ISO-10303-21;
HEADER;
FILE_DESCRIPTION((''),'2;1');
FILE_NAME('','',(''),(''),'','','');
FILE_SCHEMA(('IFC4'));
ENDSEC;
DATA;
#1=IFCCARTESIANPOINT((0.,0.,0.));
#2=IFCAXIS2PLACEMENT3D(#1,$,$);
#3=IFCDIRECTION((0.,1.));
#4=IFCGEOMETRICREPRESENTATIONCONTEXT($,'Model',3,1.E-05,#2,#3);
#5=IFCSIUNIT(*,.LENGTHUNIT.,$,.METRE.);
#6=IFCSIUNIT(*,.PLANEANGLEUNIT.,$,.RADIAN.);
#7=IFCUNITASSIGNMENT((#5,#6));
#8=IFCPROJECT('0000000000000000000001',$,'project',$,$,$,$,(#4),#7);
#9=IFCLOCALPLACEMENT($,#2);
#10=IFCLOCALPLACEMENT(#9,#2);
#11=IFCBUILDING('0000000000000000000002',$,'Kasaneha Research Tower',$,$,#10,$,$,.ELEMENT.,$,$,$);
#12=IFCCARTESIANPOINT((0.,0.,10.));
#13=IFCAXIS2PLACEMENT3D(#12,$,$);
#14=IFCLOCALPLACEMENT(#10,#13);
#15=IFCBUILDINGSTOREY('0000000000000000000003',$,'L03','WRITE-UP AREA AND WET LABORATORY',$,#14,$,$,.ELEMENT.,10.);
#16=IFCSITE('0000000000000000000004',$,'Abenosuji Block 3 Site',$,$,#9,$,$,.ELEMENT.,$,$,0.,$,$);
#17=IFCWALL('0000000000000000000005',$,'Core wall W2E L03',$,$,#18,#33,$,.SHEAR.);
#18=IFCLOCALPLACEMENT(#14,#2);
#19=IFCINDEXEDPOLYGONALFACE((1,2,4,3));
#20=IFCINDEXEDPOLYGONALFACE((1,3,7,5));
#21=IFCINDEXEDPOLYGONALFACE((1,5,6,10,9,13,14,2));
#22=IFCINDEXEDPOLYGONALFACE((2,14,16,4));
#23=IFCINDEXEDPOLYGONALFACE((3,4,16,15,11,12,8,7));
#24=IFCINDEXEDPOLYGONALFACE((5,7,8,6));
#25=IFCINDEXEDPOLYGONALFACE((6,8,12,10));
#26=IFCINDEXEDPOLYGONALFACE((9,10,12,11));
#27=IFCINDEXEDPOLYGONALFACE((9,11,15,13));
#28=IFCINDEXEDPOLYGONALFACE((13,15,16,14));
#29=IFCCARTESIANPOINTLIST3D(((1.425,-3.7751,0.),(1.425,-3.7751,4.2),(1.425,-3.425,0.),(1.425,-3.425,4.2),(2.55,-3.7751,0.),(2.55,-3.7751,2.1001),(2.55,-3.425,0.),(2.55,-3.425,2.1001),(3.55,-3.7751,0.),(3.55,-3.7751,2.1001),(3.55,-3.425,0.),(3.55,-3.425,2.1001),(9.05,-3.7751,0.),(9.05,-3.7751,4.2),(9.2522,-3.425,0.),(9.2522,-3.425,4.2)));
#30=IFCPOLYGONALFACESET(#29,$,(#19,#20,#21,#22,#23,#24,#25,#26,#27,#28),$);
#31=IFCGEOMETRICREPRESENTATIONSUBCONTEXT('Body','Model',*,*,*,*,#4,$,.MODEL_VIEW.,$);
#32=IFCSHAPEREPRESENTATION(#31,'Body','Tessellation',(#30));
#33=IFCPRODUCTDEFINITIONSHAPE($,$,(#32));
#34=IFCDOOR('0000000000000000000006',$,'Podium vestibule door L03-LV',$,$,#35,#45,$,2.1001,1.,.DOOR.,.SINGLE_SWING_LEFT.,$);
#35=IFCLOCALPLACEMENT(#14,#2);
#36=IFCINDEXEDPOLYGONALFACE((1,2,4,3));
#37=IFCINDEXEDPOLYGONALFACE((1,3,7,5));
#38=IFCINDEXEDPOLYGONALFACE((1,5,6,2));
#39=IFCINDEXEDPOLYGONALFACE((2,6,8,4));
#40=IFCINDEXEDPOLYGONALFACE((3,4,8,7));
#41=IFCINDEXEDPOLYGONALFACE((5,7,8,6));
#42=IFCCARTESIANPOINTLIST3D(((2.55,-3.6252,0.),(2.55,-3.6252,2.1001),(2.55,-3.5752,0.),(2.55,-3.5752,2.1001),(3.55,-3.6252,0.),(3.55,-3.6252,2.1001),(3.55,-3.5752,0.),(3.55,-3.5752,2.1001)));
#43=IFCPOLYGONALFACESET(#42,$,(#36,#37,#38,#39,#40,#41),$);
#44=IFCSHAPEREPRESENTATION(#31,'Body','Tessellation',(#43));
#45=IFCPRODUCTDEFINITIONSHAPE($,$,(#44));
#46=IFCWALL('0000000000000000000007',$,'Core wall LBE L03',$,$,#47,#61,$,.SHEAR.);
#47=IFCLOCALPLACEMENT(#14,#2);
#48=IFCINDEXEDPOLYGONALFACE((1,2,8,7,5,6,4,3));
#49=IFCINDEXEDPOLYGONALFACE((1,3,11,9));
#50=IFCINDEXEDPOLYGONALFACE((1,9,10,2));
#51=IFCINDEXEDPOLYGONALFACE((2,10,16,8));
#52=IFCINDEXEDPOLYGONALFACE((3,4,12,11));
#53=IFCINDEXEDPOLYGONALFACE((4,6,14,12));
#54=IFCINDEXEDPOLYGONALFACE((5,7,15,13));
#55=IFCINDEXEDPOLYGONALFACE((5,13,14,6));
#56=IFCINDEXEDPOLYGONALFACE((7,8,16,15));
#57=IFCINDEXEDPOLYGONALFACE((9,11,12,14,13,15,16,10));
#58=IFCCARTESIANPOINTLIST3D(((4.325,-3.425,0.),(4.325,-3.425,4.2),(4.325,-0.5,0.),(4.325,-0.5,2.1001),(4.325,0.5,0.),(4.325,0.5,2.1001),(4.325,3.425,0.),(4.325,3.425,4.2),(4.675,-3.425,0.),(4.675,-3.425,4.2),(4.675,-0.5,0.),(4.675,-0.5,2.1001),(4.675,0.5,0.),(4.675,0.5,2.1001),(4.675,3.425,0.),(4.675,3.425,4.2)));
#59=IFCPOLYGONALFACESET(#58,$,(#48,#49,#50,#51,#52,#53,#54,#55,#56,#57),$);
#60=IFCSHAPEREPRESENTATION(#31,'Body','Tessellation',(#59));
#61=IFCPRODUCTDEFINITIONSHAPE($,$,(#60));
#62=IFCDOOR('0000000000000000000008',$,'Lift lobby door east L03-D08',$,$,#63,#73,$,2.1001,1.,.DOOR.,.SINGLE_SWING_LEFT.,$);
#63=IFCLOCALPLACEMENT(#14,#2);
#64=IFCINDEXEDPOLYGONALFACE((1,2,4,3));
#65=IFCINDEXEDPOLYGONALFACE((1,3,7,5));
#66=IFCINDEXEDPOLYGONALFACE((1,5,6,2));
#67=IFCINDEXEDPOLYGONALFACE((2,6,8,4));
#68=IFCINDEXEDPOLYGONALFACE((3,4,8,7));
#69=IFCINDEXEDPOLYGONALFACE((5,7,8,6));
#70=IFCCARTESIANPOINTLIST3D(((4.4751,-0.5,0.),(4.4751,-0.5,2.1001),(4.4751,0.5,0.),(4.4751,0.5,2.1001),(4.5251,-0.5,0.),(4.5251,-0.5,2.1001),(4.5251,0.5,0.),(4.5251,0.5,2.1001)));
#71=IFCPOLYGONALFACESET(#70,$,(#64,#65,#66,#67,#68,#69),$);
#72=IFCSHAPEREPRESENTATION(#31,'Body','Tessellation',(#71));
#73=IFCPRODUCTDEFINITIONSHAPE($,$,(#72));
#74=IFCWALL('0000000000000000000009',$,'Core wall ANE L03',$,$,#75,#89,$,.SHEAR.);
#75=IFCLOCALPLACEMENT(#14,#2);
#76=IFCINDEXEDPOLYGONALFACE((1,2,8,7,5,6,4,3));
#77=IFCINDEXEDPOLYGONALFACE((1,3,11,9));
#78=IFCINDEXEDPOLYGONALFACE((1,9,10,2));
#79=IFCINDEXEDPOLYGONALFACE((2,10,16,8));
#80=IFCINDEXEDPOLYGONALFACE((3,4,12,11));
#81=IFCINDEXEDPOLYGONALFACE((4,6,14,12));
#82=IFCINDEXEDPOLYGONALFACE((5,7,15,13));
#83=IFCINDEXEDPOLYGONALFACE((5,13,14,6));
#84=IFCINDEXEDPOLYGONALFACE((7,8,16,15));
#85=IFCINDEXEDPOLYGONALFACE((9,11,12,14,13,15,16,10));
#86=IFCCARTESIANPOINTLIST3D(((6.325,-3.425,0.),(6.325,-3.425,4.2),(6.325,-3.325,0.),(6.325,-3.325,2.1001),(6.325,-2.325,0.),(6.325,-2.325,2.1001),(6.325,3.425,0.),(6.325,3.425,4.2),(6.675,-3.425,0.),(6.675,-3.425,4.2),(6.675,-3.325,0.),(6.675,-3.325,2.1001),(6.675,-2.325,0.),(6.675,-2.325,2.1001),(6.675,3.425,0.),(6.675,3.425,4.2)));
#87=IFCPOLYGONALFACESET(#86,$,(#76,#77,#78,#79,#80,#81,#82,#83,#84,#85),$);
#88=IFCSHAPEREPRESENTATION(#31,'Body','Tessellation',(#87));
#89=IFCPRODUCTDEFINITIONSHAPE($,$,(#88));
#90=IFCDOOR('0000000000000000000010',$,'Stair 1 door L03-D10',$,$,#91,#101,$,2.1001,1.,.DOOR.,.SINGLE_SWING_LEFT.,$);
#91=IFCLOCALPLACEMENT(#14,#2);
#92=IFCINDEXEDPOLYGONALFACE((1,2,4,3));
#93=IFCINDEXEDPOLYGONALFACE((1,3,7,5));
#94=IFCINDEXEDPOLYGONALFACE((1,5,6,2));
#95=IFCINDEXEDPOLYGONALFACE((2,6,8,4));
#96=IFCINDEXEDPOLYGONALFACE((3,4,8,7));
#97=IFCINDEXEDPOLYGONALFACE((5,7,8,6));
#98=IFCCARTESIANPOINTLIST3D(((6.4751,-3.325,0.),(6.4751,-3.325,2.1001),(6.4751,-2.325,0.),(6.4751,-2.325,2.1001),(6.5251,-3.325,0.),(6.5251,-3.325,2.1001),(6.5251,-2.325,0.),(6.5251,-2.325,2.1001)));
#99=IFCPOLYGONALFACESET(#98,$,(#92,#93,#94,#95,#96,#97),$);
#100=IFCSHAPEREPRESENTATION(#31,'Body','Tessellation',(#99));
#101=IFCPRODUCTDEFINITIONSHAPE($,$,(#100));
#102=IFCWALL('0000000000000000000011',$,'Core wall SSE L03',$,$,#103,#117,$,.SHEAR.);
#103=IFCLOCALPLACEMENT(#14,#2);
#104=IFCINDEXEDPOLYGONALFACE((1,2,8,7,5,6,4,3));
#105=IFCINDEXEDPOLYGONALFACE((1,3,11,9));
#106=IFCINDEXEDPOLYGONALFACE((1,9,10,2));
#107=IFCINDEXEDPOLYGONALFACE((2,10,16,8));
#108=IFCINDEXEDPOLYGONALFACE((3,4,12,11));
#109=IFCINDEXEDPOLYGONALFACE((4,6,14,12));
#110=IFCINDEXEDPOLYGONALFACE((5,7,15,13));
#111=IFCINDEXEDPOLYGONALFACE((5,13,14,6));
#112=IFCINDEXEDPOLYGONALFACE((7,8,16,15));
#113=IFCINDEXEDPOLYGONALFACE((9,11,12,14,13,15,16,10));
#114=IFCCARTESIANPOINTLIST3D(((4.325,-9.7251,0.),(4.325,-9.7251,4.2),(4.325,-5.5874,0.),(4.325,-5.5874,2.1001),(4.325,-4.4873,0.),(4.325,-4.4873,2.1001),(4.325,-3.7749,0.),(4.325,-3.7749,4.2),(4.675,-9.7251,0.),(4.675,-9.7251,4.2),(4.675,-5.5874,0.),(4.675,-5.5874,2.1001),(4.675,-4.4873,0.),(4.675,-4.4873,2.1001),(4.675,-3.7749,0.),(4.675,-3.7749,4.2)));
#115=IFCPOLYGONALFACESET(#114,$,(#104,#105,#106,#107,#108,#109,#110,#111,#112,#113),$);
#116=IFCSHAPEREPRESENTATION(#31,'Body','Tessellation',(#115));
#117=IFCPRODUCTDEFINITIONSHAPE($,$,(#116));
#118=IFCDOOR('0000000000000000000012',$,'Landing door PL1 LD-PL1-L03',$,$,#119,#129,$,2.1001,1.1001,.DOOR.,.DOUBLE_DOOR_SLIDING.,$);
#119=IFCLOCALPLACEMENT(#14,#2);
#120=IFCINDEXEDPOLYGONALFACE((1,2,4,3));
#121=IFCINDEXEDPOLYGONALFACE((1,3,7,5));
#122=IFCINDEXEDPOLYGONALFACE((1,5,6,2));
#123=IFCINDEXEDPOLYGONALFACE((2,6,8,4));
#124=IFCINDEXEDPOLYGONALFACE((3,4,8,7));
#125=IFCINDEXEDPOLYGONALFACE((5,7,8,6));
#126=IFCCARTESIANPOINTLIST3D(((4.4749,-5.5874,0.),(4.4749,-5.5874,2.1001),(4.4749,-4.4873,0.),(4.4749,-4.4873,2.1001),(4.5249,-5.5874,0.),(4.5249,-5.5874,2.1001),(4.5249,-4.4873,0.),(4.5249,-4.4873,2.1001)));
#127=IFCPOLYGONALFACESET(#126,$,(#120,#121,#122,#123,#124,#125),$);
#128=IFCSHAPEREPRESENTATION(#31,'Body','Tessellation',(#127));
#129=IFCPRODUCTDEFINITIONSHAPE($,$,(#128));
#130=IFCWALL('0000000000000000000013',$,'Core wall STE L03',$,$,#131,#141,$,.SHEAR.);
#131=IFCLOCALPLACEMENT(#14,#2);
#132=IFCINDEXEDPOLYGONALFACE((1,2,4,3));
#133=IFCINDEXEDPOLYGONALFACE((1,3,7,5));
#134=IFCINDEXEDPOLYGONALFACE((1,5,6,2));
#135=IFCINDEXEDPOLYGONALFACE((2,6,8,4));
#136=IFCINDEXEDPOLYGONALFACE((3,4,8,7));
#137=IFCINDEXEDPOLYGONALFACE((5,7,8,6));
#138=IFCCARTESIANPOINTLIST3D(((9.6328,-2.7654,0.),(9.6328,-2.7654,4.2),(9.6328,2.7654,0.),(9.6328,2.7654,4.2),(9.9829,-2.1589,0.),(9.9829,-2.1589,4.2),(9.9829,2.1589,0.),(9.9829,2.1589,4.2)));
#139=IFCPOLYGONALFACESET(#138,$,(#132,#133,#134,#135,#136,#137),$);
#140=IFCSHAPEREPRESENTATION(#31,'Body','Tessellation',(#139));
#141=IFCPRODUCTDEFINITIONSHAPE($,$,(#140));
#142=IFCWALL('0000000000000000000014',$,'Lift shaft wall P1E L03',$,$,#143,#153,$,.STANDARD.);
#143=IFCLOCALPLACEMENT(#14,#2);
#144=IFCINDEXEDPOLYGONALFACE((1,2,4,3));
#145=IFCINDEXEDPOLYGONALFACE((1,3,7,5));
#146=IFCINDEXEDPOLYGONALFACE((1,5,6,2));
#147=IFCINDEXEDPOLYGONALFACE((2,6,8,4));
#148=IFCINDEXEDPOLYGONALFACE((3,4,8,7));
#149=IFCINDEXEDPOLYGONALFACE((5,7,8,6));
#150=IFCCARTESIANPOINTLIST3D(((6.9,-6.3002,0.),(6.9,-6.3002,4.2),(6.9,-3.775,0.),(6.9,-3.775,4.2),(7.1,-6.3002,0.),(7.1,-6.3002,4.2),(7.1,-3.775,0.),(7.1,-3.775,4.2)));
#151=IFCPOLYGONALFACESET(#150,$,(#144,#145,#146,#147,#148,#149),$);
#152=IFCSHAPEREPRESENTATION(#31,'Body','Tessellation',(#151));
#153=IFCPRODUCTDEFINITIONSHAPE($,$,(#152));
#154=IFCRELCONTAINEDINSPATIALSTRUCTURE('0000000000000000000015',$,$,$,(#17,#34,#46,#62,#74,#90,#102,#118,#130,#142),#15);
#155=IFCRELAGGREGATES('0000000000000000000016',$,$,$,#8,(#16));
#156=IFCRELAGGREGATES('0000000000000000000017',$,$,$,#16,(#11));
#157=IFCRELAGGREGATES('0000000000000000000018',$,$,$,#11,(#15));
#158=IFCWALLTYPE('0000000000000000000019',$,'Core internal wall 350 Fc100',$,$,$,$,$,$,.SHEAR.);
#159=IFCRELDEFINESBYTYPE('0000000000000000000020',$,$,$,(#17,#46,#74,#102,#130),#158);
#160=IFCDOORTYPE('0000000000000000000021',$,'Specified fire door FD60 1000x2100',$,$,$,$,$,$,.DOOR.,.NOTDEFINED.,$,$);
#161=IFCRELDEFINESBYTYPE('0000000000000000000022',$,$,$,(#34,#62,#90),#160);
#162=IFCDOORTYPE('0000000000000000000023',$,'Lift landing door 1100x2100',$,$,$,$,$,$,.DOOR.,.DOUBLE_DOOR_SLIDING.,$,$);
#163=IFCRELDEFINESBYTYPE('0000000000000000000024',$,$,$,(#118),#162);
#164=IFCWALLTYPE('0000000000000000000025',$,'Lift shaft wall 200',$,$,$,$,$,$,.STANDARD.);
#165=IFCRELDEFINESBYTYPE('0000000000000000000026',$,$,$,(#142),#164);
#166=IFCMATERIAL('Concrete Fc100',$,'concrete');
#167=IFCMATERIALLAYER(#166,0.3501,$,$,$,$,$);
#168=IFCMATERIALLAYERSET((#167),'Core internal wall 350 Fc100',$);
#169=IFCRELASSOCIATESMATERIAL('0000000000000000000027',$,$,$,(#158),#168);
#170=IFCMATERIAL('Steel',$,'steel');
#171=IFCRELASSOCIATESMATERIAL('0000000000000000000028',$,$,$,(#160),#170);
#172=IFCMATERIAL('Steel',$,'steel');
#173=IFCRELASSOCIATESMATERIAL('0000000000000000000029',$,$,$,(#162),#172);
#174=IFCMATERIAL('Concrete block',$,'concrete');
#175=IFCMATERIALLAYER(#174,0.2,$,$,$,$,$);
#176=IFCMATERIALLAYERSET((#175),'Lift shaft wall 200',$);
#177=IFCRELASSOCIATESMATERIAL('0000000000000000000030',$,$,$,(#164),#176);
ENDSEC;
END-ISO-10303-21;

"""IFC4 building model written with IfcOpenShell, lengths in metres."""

from ifc_helpers import new_model, si_unit, direction, frame, frame_2d, origin, place, context, subcontext, project, spatial, polyline, rectangle, outline, extrude, material, layer, layer_set, type_object, element, fill, save


model = new_model("IFC4")

# Units and contexts
model_context = context("Model", 3, precision=1e-05, world=origin(), true_north=direction((0.0, 1.0)))
body_context = subcontext(model_context, "Body", "Model", "MODEL_VIEW")
ifc_project = project(units=[si_unit("LENGTHUNIT", "METRE"), si_unit("PLANEANGLEUNIT", "RADIAN")], contexts=[model_context])

# Site, building, storey
site_placement = place(None, origin())
site = spatial("IfcSite", under=ifc_project, at=site_placement, Name="Abenosuji Block 3 Site", CompositionType="ELEMENT", RefElevation=0.0)
building_placement = place(site_placement, origin())
building = spatial("IfcBuilding", under=site, at=building_placement, Name="Kasaneha Research Tower", CompositionType="ELEMENT")
storey_placement = place(building_placement, frame((0.0, 0.0, 10.0)))
storey = spatial("IfcBuildingStorey", under=building, at=storey_placement, Name="L03", Description="WRITE-UP AREA AND WET LABORATORY", CompositionType="ELEMENT", Elevation=10.0)

# Walls, openings, doors
ifc_material_1 = material(Name="Concrete Fc100", Category="concrete")
ifc_layer_1 = layer(ifc_material_1, 0.3501)
ifc_layer_set_1 = layer_set([ifc_layer_1], Name="Core internal wall 350 Fc100")
wall_type_1 = type_object("IfcWallType", Name="Core internal wall 350 Fc100", PredefinedType="SHEAR", material=ifc_layer_set_1)
wall_1_placement = place(storey_placement, frame((1.425, -3.6001, 0.0), z_axis=(0.0, 0.0, 1.0), x_axis=(1.0, 0.0, 0.0)))
wall_1 = element("IfcWall", 1, at=wall_1_placement, inside=storey, type_object=wall_type_1, Name="Core wall W2E L03", PredefinedType="SHEAR", context=body_context, shape_type="SweptSolid", body=[
    extrude(outline(polyline([(0.0, -0.175), (1.125, -0.175), (2.125, -0.175), (7.625, -0.175), (7.8271, 0.175), (2.125, 0.175), (1.125, 0.175), (0.0, 0.175), (0.0, -0.175)])), origin(), (0.0, 0.0, 1.0), 4.2),
])
opening_1_placement = place(wall_1_placement, frame((1.125, 0.0, 0.0)))
opening_1 = element("IfcOpeningElement", 2, at=opening_1_placement, cuts=wall_1, PredefinedType="OPENING", context=body_context, shape_type="SweptSolid", body=[
    extrude(rectangle(XDim=1.0, YDim=2.1001, at=frame_2d((0.5, 1.05))), frame((0.0, 0.1851, 0.0), z_axis=(0.0, -1.0, 0.0), x_axis=(1.0, 0.0, 0.0)), (0.0, 0.0, 1.0), 0.3701),
])
ifc_material_2 = material(Name="Steel", Category="steel")
door_type_1 = type_object("IfcDoorType", Name="Specified fire door FD60 1000x2100", OperationType="NOTDEFINED", PredefinedType="DOOR", material=ifc_material_2)
door_1_placement = place(opening_1_placement, origin())
door_1 = element("IfcDoor", 3, at=door_1_placement, inside=storey, type_object=door_type_1, Name="Podium vestibule door L03-LV", OperationType="SINGLE_SWING_LEFT", OverallHeight=2.1001, OverallWidth=1.0, PredefinedType="DOOR", context=body_context, shape_type="SweptSolid", body=[
    extrude(rectangle(XDim=1.0, YDim=2.1001, at=frame_2d((0.5, 1.05))), frame((0.0, 0.0249, 0.0), z_axis=(0.0, -1.0, 0.0), x_axis=(1.0, 0.0, 0.0)), (0.0, 0.0, 1.0), 0.05),
])
fill(opening_1, door_1)
wall_2_placement = place(storey_placement, frame((4.5, -3.425, 0.0), z_axis=(0.0, 0.0, 1.0), x_axis=(0.0, 1.0, 0.0)))
wall_2 = element("IfcWall", 4, at=wall_2_placement, inside=storey, type_object=wall_type_1, Name="Core wall LBE L03", PredefinedType="SHEAR", context=body_context, shape_type="SweptSolid", body=[
    extrude(rectangle(XDim=6.8501, YDim=0.3501, at=frame_2d((3.425, 0.0))), origin(), (0.0, 0.0, 1.0), 4.2),
])
opening_2_placement = place(wall_2_placement, frame((2.925, 0.0, 0.0)))
opening_2 = element("IfcOpeningElement", 5, at=opening_2_placement, cuts=wall_2, PredefinedType="OPENING", context=body_context, shape_type="SweptSolid", body=[
    extrude(rectangle(XDim=1.0, YDim=2.1001, at=frame_2d((0.5, 1.05))), frame((0.0, 0.1851, 0.0), z_axis=(0.0, -1.0, 0.0), x_axis=(1.0, 0.0, 0.0)), (0.0, 0.0, 1.0), 0.3701),
])
door_2_placement = place(opening_2_placement, origin())
door_2 = element("IfcDoor", 6, at=door_2_placement, inside=storey, type_object=door_type_1, Name="Lift lobby door east L03-D08", OperationType="SINGLE_SWING_LEFT", OverallHeight=2.1001, OverallWidth=1.0, PredefinedType="DOOR", context=body_context, shape_type="SweptSolid", body=[
    extrude(rectangle(XDim=1.0, YDim=2.1001, at=frame_2d((0.5, 1.05))), frame((0.0, 0.0249, 0.0), z_axis=(0.0, -1.0, 0.0), x_axis=(1.0, 0.0, 0.0)), (0.0, 0.0, 1.0), 0.05),
])
fill(opening_2, door_2)
wall_3_placement = place(storey_placement, frame((6.5, -3.425, 0.0), z_axis=(0.0, 0.0, 1.0), x_axis=(0.0, 1.0, 0.0)))
wall_3 = element("IfcWall", 7, at=wall_3_placement, inside=storey, type_object=wall_type_1, Name="Core wall ANE L03", PredefinedType="SHEAR", context=body_context, shape_type="SweptSolid", body=[
    extrude(rectangle(XDim=6.8501, YDim=0.3501, at=frame_2d((3.425, 0.0))), origin(), (0.0, 0.0, 1.0), 4.2),
])
opening_3_placement = place(wall_3_placement, frame((0.1001, 0.0, 0.0)))
opening_3 = element("IfcOpeningElement", 8, at=opening_3_placement, cuts=wall_3, PredefinedType="OPENING", context=body_context, shape_type="SweptSolid", body=[
    extrude(rectangle(XDim=1.0, YDim=2.1001, at=frame_2d((0.5, 1.05))), frame((0.0, 0.1851, 0.0), z_axis=(0.0, -1.0, 0.0), x_axis=(1.0, 0.0, 0.0)), (0.0, 0.0, 1.0), 0.3701),
])
door_3_placement = place(opening_3_placement, origin())
door_3 = element("IfcDoor", 9, at=door_3_placement, inside=storey, type_object=door_type_1, Name="Stair 1 door L03-D10", OperationType="SINGLE_SWING_LEFT", OverallHeight=2.1001, OverallWidth=1.0, PredefinedType="DOOR", context=body_context, shape_type="SweptSolid", body=[
    extrude(rectangle(XDim=1.0, YDim=2.1001, at=frame_2d((0.5, 1.05))), frame((0.0, 0.0249, 0.0), z_axis=(0.0, -1.0, 0.0), x_axis=(1.0, 0.0, 0.0)), (0.0, 0.0, 1.0), 0.05),
])
fill(opening_3, door_3)
wall_4_placement = place(storey_placement, frame((4.5, -3.7749, 0.0), z_axis=(0.0, 0.0, 1.0), x_axis=(0.0, -1.0, 0.0)))
wall_4 = element("IfcWall", 10, at=wall_4_placement, inside=storey, type_object=wall_type_1, Name="Core wall SSE L03", PredefinedType="SHEAR", context=body_context, shape_type="SweptSolid", body=[
    extrude(rectangle(XDim=5.9502, YDim=0.3501, at=frame_2d((2.9751, 0.0))), origin(), (0.0, 0.0, 1.0), 4.2),
])
opening_4_placement = place(wall_4_placement, frame((0.7124, 0.0, 0.0)))
opening_4 = element("IfcOpeningElement", 11, at=opening_4_placement, cuts=wall_4, PredefinedType="OPENING", context=body_context, shape_type="SweptSolid", body=[
    extrude(rectangle(XDim=1.1001, YDim=2.1001, at=frame_2d((0.55, 1.05))), frame((0.0, 0.1851, 0.0), z_axis=(0.0, -1.0, 0.0), x_axis=(1.0, 0.0, 0.0)), (0.0, 0.0, 1.0), 0.3701),
])
ifc_material_3 = material(Name="Steel", Category="steel")
door_type_2 = type_object("IfcDoorType", Name="Lift landing door 1100x2100", OperationType="DOUBLE_DOOR_SLIDING", PredefinedType="DOOR", material=ifc_material_3)
door_4_placement = place(opening_4_placement, origin())
door_4 = element("IfcDoor", 12, at=door_4_placement, inside=storey, type_object=door_type_2, Name="Landing door PL1 LD-PL1-L03", OperationType="DOUBLE_DOOR_SLIDING", OverallHeight=2.1001, OverallWidth=1.1001, PredefinedType="DOOR", context=body_context, shape_type="SweptSolid", body=[
    extrude(rectangle(XDim=1.1001, YDim=2.1001, at=frame_2d((0.55, 1.05))), frame((0.0, 0.0249, 0.0), z_axis=(0.0, -1.0, 0.0), x_axis=(1.0, 0.0, 0.0)), (0.0, 0.0, 1.0), 0.05),
])
fill(opening_4, door_4)

# Walls
wall_5_placement = place(storey_placement, frame((9.8079, -2.4622, 0.0), z_axis=(0.0, 0.0, 1.0), x_axis=(0.0, 1.0, 0.0)))
element("IfcWall", 13, at=wall_5_placement, inside=storey, type_object=wall_type_1, Name="Core wall STE L03", PredefinedType="SHEAR", context=body_context, shape_type="SweptSolid", body=[
    extrude(outline(polyline([(0.3032, -0.175), (4.6211, -0.175), (5.2275, 0.175), (-0.3032, 0.175), (0.3032, -0.175)])), origin(), (0.0, 0.0, 1.0), 4.2),
])
ifc_material_4 = material(Name="Concrete block", Category="concrete")
ifc_layer_2 = layer(ifc_material_4, 0.2)
ifc_layer_set_2 = layer_set([ifc_layer_2], Name="Lift shaft wall 200")
wall_type_2 = type_object("IfcWallType", Name="Lift shaft wall 200", PredefinedType="STANDARD", material=ifc_layer_set_2)
wall_6_placement = place(storey_placement, frame((7.0, -3.7749, 0.0), z_axis=(0.0, 0.0, 1.0), x_axis=(0.0, -1.0, 0.0)))
element("IfcWall", 14, at=wall_6_placement, inside=storey, type_object=wall_type_2, Name="Lift shaft wall P1E L03", PredefinedType="STANDARD", context=body_context, shape_type="SweptSolid", body=[
    extrude(rectangle(XDim=2.5251, YDim=0.2, at=frame_2d((1.2627, 0.0))), origin(), (0.0, 0.0, 1.0), 4.2),
])

save(model, "model.ifc")
